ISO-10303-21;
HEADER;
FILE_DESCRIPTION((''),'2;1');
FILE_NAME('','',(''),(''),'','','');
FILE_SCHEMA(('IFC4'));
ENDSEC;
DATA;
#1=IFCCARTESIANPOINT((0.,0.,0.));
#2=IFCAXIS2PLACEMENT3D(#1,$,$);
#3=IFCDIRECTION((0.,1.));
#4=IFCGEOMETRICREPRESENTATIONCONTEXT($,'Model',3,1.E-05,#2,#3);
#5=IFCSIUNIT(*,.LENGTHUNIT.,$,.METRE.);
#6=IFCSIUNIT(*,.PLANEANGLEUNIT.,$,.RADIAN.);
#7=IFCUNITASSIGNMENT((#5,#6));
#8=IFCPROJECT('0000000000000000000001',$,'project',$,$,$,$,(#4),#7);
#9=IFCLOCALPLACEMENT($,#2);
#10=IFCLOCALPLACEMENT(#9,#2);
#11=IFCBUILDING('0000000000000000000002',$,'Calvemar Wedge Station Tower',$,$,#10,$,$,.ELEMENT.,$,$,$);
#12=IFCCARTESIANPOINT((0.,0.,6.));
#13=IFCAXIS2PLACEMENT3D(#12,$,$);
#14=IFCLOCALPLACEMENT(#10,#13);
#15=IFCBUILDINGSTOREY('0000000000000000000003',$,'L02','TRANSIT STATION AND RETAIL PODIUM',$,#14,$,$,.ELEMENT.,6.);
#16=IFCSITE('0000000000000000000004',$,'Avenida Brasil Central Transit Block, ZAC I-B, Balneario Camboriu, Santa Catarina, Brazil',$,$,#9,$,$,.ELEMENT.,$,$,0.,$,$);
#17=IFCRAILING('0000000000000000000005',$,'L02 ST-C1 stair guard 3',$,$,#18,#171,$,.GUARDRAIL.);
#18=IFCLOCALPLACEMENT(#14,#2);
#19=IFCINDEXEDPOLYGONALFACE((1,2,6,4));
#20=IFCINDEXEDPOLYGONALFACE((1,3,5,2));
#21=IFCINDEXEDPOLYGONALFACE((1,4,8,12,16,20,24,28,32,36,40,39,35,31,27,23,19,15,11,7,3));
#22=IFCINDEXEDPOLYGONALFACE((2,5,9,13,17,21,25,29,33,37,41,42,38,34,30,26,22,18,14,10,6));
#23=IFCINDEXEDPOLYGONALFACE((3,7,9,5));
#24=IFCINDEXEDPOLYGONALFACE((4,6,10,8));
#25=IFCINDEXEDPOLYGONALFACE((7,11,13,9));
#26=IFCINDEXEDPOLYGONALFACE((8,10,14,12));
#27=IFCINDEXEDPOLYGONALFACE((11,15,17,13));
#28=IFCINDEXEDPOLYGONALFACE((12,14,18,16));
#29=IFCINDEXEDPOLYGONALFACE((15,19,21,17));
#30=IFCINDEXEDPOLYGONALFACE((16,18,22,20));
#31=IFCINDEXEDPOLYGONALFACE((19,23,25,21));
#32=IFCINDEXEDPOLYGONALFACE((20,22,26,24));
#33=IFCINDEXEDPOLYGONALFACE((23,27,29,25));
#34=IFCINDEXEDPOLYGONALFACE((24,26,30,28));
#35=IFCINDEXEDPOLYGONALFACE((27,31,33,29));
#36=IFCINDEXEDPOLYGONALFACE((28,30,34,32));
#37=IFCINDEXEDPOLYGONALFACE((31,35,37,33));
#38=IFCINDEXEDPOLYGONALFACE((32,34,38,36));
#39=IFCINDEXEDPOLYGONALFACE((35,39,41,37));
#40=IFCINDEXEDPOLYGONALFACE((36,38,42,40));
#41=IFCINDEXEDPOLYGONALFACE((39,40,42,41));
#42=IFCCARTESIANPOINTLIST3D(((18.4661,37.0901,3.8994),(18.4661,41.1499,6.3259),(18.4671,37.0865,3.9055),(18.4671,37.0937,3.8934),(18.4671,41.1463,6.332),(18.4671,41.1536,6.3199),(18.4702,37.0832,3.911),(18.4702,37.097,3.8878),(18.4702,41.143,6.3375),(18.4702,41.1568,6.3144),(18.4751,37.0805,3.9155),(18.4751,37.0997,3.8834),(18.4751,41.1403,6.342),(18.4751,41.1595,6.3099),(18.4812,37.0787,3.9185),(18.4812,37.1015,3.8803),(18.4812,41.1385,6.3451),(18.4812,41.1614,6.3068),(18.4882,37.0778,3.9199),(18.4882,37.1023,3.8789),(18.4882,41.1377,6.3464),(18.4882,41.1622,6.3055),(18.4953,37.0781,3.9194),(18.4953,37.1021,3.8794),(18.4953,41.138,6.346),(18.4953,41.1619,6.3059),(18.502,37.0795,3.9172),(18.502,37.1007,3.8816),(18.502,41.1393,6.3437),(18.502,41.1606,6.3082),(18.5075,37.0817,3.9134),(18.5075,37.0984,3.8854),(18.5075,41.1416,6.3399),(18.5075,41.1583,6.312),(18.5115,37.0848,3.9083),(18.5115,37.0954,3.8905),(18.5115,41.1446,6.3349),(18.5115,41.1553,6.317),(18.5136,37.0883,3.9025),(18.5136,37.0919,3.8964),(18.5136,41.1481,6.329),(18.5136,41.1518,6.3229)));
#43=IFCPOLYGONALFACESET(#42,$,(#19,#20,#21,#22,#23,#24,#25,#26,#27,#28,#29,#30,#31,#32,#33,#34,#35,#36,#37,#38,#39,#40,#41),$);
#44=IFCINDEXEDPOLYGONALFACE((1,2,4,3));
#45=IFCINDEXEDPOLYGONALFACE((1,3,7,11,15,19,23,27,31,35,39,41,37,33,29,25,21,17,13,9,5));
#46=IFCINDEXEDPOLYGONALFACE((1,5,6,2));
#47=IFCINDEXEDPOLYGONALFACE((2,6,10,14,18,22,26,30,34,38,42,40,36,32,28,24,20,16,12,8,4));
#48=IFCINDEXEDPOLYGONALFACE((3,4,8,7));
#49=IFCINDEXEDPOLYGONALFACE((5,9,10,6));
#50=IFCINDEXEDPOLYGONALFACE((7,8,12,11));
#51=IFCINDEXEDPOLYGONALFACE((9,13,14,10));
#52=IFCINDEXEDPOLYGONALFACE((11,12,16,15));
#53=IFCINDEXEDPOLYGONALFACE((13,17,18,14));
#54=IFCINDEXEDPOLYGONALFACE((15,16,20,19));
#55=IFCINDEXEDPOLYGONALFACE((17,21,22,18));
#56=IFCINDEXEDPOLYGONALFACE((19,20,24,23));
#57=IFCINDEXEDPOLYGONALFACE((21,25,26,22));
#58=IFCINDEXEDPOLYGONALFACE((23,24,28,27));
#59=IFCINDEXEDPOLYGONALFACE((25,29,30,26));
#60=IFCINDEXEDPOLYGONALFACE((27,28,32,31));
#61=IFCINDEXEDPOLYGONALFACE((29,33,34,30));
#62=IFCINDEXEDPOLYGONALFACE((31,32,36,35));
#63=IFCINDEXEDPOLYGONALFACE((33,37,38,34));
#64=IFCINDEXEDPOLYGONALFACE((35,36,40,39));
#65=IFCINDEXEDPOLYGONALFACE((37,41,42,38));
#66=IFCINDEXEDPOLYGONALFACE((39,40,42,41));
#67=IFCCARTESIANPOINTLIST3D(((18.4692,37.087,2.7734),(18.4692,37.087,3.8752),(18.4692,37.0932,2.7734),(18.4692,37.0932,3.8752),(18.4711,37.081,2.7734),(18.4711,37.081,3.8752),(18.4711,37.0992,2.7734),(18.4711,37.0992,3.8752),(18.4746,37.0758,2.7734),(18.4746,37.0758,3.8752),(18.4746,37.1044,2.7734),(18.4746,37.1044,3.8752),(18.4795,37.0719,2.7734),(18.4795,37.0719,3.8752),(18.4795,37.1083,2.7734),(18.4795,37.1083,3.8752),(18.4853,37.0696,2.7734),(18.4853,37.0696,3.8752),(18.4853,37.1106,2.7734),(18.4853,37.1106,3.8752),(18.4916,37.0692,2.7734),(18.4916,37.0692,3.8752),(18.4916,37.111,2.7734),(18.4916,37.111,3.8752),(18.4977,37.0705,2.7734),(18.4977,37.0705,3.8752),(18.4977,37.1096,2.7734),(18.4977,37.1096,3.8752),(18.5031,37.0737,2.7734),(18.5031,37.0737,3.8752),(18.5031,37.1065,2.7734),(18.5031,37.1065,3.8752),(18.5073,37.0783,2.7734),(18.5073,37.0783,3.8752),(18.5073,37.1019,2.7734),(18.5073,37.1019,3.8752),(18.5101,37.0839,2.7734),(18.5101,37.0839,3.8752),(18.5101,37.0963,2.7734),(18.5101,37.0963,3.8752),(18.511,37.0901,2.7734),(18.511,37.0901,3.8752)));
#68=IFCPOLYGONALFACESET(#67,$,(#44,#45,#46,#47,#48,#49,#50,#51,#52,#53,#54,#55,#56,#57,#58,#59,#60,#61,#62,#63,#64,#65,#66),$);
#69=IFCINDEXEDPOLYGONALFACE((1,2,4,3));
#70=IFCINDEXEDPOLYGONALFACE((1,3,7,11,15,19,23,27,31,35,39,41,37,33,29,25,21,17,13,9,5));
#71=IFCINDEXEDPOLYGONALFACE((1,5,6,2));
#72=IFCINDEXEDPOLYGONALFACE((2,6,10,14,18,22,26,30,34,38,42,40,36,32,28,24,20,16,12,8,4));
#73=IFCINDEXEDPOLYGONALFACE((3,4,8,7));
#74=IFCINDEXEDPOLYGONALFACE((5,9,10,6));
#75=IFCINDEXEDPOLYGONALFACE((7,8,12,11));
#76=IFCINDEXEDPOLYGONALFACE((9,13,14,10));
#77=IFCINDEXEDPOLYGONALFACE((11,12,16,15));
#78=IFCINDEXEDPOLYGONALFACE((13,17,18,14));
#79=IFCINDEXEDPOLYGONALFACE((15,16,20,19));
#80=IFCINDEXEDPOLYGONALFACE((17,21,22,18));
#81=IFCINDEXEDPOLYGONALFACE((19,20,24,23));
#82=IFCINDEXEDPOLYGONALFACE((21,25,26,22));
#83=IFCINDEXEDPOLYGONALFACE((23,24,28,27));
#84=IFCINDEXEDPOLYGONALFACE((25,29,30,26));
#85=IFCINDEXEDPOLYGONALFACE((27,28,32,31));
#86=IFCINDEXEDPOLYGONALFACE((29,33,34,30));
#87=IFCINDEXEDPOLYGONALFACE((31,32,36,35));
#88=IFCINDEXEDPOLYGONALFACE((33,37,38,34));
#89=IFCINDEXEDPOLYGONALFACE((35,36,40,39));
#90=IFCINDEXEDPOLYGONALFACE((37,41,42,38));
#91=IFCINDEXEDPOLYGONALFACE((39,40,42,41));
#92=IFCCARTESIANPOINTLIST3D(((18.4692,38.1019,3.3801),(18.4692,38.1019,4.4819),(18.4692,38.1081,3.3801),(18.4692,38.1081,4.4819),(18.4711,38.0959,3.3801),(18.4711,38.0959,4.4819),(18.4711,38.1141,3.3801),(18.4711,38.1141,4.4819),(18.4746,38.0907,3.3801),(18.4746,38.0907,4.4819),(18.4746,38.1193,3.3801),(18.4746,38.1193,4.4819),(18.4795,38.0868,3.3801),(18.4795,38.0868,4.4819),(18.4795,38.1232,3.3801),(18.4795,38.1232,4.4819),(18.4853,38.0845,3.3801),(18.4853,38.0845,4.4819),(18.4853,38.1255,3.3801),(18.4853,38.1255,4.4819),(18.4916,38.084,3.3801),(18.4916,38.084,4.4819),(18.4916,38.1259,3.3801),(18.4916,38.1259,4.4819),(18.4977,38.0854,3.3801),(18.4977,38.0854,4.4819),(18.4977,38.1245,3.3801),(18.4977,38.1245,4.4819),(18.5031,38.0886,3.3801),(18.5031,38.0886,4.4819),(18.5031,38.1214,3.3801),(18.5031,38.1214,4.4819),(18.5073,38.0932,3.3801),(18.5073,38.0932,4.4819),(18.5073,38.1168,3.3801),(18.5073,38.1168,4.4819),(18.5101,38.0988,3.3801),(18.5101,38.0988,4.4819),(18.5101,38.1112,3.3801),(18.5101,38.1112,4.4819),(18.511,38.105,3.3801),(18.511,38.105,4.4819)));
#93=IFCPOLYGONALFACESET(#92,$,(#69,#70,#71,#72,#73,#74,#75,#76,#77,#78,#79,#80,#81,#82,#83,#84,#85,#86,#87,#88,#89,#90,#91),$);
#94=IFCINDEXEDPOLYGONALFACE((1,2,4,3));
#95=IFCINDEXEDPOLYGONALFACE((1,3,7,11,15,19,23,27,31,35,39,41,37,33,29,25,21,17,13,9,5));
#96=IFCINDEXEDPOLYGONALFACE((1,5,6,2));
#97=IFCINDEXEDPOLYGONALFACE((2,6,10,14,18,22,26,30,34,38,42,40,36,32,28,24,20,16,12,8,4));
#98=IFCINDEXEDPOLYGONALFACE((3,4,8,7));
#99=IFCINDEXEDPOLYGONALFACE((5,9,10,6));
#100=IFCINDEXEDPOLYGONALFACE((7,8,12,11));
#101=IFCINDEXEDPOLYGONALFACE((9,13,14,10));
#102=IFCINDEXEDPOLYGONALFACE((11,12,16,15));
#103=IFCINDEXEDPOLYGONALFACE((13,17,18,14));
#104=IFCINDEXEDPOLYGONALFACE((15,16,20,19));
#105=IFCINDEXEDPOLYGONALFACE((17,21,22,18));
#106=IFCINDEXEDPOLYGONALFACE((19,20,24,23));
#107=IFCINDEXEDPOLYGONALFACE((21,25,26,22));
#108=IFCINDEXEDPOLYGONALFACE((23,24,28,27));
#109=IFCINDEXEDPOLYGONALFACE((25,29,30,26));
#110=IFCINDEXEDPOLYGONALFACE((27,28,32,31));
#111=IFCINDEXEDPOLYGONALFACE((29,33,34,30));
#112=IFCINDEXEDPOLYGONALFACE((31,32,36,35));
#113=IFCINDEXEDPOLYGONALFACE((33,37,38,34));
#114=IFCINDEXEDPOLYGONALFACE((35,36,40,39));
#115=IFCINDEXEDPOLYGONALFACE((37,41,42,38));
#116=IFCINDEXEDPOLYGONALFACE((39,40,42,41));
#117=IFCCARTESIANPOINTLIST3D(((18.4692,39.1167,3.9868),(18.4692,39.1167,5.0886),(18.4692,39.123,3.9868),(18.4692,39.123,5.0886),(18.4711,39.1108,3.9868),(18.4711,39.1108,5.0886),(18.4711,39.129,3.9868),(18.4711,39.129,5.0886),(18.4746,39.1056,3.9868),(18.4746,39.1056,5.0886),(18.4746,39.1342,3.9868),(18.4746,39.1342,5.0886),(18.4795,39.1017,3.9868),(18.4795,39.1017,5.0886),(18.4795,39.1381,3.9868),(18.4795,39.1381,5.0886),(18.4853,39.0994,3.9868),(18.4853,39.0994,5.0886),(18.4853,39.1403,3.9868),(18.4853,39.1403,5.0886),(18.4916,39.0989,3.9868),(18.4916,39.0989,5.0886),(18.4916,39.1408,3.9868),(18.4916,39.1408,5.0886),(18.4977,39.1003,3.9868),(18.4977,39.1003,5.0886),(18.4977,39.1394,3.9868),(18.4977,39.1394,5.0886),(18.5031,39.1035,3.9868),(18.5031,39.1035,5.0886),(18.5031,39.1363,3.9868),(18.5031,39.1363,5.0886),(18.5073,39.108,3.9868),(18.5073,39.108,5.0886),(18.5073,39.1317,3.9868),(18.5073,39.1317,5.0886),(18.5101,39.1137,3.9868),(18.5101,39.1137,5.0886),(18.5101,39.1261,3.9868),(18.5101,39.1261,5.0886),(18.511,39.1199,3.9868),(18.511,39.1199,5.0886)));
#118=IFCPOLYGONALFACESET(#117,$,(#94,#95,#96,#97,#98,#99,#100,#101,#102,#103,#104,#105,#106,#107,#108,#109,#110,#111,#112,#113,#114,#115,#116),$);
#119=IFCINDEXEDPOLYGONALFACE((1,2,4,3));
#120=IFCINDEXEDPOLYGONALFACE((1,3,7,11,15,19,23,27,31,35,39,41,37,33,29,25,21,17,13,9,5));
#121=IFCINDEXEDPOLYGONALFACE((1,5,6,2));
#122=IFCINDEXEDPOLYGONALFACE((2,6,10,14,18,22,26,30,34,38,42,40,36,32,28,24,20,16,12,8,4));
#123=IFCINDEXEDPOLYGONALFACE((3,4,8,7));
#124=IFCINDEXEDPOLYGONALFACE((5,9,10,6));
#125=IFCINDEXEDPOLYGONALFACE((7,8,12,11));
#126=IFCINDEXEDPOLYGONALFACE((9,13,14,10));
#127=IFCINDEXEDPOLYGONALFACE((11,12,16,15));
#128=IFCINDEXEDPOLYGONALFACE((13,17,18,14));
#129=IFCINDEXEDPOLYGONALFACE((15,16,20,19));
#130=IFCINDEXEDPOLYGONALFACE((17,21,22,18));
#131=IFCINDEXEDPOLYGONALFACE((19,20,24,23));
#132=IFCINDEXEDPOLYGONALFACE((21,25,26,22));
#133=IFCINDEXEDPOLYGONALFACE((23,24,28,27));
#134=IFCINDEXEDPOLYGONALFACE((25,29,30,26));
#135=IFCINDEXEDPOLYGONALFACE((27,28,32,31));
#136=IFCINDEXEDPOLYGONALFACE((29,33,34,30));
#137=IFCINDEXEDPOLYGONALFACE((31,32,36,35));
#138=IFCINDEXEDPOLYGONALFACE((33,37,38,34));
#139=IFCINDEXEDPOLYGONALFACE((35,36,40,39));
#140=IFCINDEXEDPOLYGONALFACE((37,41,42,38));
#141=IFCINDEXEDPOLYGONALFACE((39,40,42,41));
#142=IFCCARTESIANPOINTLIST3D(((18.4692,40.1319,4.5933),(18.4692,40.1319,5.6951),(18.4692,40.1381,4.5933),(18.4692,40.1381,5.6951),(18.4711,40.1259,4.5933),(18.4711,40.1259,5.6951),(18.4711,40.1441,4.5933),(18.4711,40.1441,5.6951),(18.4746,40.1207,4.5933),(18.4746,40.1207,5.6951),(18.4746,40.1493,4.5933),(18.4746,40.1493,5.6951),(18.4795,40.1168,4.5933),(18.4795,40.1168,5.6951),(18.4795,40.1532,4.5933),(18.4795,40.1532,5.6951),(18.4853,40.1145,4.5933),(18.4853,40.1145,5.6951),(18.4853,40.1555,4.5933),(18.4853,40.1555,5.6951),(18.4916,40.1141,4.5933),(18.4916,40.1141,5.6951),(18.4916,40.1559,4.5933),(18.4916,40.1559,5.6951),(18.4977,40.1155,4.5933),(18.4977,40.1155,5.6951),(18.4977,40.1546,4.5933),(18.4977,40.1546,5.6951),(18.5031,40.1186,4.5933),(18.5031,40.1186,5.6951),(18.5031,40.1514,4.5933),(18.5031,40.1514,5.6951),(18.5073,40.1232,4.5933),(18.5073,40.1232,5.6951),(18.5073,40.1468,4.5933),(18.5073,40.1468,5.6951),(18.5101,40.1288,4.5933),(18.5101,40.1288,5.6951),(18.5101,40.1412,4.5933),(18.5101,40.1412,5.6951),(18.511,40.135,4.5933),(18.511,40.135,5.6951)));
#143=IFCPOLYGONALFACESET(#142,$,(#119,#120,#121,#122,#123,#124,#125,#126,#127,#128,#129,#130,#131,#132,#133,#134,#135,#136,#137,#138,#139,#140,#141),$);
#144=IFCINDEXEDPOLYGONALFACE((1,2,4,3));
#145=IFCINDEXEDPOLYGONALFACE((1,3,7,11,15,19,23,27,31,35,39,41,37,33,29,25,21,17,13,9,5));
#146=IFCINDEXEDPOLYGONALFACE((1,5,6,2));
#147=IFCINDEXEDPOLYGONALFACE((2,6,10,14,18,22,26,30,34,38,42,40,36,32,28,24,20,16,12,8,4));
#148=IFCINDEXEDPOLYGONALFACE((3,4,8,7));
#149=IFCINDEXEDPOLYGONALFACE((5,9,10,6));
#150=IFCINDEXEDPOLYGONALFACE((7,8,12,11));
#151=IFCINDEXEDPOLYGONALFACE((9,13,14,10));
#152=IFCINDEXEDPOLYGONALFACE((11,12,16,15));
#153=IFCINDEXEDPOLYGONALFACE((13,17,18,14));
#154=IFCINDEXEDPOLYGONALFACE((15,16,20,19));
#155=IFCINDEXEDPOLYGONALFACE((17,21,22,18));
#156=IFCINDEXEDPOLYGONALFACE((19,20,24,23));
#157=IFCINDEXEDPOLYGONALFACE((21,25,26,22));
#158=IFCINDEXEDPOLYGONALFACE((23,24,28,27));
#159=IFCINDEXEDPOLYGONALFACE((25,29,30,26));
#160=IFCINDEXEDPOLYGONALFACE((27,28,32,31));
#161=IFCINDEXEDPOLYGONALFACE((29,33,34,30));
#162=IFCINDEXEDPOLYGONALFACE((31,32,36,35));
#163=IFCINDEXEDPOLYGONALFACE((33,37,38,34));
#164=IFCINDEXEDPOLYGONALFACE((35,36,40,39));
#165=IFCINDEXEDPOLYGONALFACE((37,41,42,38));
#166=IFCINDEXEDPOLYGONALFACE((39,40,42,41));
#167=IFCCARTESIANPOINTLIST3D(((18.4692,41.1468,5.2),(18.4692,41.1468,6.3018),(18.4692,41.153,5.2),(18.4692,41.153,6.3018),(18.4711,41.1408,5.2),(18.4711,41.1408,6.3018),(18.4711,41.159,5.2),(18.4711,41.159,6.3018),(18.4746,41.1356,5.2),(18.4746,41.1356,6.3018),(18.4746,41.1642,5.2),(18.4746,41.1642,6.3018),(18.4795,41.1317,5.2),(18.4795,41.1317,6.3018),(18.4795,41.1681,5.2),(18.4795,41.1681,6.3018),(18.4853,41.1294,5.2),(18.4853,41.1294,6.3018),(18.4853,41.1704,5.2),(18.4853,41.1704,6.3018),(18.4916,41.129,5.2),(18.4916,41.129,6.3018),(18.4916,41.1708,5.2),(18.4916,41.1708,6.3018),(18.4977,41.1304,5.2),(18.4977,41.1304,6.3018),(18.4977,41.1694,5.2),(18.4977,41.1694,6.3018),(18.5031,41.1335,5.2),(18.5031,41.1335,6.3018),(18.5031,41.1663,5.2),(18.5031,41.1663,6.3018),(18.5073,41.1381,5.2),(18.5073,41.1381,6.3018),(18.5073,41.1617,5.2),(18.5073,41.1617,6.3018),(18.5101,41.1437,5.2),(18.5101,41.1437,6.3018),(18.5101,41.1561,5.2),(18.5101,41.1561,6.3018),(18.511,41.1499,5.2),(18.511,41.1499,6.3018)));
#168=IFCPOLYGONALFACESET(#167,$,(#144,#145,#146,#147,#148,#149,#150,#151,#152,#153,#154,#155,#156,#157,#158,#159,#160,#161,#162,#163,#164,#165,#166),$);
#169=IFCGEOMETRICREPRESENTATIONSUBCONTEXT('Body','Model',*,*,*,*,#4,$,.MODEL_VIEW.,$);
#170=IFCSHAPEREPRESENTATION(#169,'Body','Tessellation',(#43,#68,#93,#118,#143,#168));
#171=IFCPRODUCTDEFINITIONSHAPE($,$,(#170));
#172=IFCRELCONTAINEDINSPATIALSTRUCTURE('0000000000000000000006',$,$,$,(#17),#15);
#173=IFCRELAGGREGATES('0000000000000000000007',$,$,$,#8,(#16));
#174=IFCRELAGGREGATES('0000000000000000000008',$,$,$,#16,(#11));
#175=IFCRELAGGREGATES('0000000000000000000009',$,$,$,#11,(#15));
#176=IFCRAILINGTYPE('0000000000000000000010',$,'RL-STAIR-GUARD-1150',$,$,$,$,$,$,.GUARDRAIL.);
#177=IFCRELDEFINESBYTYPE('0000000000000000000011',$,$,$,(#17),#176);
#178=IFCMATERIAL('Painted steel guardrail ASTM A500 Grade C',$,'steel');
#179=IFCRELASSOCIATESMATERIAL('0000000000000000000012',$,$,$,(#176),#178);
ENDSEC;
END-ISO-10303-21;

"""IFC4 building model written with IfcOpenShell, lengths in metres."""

from ifc_helpers import new_model, si_unit, direction, frame, origin, origin_2d, place, context, subcontext, project, spatial, circle, extrude, material, type_object, element, save


model = new_model("IFC4")

# Units and contexts
model_context = context("Model", 3, precision=1e-05, world=origin(), true_north=direction((0.0, 1.0)))
body_context = subcontext(model_context, "Body", "Model", "MODEL_VIEW")
ifc_project = project(units=[si_unit("LENGTHUNIT", "METRE"), si_unit("PLANEANGLEUNIT", "RADIAN")], contexts=[model_context])

# Site, building, storey
site_placement = place(None, origin())
site = spatial("IfcSite", under=ifc_project, at=site_placement, Name="Avenida Brasil Central Transit Block, ZAC I-B, Balneario Camboriu, Santa Catarina, Brazil", CompositionType="ELEMENT", RefElevation=0.0)
building_placement = place(site_placement, origin())
building = spatial("IfcBuilding", under=site, at=building_placement, Name="Calvemar Wedge Station Tower", CompositionType="ELEMENT")
storey_placement = place(building_placement, frame((0.0, 0.0, 6.0)))
storey = spatial("IfcBuildingStorey", under=building, at=storey_placement, Name="L02", Description="TRANSIT STATION AND RETAIL PODIUM", CompositionType="ELEMENT", Elevation=6.0)

# Railing
ifc_material_1 = material(Name="Painted steel guardrail ASTM A500 Grade C", Category="steel")
railing_type_1 = type_object("IfcRailingType", Name="RL-STAIR-GUARD-1150", PredefinedType="GUARDRAIL", material=ifc_material_1)
railing_1_placement = place(storey_placement, frame((18.49, 37.0901, 2.7734)))
element("IfcRailing", 1, at=railing_1_placement, inside=storey, type_object=railing_type_1, Name="L02 ST-C1 stair guard 3", PredefinedType="GUARDRAIL", context=body_context, shape_type="SweptSolid", body=[
    extrude(circle(Radius=0.0239, at=origin_2d()), frame((0.0, 0.0, 1.126), z_axis=(0.0, 0.858366, 0.513038), x_axis=(-1.0, 0.0, 0.0)), (0.0, 0.0, 1.0), 4.7297),
    extrude(circle(Radius=0.021, at=origin_2d()), origin(), (0.0, 0.0, 1.0), 1.1018),
    extrude(circle(Radius=0.021, at=origin_2d()), frame((0.0, 1.0149, 0.6067)), (0.0, 0.0, 1.0), 1.1018),
    extrude(circle(Radius=0.021, at=origin_2d()), frame((0.0, 2.0298, 1.2134)), (0.0, 0.0, 1.0), 1.1018),
    extrude(circle(Radius=0.021, at=origin_2d()), frame((0.0, 3.0449, 1.8198)), (0.0, 0.0, 1.0), 1.1018),
    extrude(circle(Radius=0.021, at=origin_2d()), frame((0.0, 4.0598, 2.4265)), (0.0, 0.0, 1.0), 1.1018),
])

save(model, "model.ifc")
